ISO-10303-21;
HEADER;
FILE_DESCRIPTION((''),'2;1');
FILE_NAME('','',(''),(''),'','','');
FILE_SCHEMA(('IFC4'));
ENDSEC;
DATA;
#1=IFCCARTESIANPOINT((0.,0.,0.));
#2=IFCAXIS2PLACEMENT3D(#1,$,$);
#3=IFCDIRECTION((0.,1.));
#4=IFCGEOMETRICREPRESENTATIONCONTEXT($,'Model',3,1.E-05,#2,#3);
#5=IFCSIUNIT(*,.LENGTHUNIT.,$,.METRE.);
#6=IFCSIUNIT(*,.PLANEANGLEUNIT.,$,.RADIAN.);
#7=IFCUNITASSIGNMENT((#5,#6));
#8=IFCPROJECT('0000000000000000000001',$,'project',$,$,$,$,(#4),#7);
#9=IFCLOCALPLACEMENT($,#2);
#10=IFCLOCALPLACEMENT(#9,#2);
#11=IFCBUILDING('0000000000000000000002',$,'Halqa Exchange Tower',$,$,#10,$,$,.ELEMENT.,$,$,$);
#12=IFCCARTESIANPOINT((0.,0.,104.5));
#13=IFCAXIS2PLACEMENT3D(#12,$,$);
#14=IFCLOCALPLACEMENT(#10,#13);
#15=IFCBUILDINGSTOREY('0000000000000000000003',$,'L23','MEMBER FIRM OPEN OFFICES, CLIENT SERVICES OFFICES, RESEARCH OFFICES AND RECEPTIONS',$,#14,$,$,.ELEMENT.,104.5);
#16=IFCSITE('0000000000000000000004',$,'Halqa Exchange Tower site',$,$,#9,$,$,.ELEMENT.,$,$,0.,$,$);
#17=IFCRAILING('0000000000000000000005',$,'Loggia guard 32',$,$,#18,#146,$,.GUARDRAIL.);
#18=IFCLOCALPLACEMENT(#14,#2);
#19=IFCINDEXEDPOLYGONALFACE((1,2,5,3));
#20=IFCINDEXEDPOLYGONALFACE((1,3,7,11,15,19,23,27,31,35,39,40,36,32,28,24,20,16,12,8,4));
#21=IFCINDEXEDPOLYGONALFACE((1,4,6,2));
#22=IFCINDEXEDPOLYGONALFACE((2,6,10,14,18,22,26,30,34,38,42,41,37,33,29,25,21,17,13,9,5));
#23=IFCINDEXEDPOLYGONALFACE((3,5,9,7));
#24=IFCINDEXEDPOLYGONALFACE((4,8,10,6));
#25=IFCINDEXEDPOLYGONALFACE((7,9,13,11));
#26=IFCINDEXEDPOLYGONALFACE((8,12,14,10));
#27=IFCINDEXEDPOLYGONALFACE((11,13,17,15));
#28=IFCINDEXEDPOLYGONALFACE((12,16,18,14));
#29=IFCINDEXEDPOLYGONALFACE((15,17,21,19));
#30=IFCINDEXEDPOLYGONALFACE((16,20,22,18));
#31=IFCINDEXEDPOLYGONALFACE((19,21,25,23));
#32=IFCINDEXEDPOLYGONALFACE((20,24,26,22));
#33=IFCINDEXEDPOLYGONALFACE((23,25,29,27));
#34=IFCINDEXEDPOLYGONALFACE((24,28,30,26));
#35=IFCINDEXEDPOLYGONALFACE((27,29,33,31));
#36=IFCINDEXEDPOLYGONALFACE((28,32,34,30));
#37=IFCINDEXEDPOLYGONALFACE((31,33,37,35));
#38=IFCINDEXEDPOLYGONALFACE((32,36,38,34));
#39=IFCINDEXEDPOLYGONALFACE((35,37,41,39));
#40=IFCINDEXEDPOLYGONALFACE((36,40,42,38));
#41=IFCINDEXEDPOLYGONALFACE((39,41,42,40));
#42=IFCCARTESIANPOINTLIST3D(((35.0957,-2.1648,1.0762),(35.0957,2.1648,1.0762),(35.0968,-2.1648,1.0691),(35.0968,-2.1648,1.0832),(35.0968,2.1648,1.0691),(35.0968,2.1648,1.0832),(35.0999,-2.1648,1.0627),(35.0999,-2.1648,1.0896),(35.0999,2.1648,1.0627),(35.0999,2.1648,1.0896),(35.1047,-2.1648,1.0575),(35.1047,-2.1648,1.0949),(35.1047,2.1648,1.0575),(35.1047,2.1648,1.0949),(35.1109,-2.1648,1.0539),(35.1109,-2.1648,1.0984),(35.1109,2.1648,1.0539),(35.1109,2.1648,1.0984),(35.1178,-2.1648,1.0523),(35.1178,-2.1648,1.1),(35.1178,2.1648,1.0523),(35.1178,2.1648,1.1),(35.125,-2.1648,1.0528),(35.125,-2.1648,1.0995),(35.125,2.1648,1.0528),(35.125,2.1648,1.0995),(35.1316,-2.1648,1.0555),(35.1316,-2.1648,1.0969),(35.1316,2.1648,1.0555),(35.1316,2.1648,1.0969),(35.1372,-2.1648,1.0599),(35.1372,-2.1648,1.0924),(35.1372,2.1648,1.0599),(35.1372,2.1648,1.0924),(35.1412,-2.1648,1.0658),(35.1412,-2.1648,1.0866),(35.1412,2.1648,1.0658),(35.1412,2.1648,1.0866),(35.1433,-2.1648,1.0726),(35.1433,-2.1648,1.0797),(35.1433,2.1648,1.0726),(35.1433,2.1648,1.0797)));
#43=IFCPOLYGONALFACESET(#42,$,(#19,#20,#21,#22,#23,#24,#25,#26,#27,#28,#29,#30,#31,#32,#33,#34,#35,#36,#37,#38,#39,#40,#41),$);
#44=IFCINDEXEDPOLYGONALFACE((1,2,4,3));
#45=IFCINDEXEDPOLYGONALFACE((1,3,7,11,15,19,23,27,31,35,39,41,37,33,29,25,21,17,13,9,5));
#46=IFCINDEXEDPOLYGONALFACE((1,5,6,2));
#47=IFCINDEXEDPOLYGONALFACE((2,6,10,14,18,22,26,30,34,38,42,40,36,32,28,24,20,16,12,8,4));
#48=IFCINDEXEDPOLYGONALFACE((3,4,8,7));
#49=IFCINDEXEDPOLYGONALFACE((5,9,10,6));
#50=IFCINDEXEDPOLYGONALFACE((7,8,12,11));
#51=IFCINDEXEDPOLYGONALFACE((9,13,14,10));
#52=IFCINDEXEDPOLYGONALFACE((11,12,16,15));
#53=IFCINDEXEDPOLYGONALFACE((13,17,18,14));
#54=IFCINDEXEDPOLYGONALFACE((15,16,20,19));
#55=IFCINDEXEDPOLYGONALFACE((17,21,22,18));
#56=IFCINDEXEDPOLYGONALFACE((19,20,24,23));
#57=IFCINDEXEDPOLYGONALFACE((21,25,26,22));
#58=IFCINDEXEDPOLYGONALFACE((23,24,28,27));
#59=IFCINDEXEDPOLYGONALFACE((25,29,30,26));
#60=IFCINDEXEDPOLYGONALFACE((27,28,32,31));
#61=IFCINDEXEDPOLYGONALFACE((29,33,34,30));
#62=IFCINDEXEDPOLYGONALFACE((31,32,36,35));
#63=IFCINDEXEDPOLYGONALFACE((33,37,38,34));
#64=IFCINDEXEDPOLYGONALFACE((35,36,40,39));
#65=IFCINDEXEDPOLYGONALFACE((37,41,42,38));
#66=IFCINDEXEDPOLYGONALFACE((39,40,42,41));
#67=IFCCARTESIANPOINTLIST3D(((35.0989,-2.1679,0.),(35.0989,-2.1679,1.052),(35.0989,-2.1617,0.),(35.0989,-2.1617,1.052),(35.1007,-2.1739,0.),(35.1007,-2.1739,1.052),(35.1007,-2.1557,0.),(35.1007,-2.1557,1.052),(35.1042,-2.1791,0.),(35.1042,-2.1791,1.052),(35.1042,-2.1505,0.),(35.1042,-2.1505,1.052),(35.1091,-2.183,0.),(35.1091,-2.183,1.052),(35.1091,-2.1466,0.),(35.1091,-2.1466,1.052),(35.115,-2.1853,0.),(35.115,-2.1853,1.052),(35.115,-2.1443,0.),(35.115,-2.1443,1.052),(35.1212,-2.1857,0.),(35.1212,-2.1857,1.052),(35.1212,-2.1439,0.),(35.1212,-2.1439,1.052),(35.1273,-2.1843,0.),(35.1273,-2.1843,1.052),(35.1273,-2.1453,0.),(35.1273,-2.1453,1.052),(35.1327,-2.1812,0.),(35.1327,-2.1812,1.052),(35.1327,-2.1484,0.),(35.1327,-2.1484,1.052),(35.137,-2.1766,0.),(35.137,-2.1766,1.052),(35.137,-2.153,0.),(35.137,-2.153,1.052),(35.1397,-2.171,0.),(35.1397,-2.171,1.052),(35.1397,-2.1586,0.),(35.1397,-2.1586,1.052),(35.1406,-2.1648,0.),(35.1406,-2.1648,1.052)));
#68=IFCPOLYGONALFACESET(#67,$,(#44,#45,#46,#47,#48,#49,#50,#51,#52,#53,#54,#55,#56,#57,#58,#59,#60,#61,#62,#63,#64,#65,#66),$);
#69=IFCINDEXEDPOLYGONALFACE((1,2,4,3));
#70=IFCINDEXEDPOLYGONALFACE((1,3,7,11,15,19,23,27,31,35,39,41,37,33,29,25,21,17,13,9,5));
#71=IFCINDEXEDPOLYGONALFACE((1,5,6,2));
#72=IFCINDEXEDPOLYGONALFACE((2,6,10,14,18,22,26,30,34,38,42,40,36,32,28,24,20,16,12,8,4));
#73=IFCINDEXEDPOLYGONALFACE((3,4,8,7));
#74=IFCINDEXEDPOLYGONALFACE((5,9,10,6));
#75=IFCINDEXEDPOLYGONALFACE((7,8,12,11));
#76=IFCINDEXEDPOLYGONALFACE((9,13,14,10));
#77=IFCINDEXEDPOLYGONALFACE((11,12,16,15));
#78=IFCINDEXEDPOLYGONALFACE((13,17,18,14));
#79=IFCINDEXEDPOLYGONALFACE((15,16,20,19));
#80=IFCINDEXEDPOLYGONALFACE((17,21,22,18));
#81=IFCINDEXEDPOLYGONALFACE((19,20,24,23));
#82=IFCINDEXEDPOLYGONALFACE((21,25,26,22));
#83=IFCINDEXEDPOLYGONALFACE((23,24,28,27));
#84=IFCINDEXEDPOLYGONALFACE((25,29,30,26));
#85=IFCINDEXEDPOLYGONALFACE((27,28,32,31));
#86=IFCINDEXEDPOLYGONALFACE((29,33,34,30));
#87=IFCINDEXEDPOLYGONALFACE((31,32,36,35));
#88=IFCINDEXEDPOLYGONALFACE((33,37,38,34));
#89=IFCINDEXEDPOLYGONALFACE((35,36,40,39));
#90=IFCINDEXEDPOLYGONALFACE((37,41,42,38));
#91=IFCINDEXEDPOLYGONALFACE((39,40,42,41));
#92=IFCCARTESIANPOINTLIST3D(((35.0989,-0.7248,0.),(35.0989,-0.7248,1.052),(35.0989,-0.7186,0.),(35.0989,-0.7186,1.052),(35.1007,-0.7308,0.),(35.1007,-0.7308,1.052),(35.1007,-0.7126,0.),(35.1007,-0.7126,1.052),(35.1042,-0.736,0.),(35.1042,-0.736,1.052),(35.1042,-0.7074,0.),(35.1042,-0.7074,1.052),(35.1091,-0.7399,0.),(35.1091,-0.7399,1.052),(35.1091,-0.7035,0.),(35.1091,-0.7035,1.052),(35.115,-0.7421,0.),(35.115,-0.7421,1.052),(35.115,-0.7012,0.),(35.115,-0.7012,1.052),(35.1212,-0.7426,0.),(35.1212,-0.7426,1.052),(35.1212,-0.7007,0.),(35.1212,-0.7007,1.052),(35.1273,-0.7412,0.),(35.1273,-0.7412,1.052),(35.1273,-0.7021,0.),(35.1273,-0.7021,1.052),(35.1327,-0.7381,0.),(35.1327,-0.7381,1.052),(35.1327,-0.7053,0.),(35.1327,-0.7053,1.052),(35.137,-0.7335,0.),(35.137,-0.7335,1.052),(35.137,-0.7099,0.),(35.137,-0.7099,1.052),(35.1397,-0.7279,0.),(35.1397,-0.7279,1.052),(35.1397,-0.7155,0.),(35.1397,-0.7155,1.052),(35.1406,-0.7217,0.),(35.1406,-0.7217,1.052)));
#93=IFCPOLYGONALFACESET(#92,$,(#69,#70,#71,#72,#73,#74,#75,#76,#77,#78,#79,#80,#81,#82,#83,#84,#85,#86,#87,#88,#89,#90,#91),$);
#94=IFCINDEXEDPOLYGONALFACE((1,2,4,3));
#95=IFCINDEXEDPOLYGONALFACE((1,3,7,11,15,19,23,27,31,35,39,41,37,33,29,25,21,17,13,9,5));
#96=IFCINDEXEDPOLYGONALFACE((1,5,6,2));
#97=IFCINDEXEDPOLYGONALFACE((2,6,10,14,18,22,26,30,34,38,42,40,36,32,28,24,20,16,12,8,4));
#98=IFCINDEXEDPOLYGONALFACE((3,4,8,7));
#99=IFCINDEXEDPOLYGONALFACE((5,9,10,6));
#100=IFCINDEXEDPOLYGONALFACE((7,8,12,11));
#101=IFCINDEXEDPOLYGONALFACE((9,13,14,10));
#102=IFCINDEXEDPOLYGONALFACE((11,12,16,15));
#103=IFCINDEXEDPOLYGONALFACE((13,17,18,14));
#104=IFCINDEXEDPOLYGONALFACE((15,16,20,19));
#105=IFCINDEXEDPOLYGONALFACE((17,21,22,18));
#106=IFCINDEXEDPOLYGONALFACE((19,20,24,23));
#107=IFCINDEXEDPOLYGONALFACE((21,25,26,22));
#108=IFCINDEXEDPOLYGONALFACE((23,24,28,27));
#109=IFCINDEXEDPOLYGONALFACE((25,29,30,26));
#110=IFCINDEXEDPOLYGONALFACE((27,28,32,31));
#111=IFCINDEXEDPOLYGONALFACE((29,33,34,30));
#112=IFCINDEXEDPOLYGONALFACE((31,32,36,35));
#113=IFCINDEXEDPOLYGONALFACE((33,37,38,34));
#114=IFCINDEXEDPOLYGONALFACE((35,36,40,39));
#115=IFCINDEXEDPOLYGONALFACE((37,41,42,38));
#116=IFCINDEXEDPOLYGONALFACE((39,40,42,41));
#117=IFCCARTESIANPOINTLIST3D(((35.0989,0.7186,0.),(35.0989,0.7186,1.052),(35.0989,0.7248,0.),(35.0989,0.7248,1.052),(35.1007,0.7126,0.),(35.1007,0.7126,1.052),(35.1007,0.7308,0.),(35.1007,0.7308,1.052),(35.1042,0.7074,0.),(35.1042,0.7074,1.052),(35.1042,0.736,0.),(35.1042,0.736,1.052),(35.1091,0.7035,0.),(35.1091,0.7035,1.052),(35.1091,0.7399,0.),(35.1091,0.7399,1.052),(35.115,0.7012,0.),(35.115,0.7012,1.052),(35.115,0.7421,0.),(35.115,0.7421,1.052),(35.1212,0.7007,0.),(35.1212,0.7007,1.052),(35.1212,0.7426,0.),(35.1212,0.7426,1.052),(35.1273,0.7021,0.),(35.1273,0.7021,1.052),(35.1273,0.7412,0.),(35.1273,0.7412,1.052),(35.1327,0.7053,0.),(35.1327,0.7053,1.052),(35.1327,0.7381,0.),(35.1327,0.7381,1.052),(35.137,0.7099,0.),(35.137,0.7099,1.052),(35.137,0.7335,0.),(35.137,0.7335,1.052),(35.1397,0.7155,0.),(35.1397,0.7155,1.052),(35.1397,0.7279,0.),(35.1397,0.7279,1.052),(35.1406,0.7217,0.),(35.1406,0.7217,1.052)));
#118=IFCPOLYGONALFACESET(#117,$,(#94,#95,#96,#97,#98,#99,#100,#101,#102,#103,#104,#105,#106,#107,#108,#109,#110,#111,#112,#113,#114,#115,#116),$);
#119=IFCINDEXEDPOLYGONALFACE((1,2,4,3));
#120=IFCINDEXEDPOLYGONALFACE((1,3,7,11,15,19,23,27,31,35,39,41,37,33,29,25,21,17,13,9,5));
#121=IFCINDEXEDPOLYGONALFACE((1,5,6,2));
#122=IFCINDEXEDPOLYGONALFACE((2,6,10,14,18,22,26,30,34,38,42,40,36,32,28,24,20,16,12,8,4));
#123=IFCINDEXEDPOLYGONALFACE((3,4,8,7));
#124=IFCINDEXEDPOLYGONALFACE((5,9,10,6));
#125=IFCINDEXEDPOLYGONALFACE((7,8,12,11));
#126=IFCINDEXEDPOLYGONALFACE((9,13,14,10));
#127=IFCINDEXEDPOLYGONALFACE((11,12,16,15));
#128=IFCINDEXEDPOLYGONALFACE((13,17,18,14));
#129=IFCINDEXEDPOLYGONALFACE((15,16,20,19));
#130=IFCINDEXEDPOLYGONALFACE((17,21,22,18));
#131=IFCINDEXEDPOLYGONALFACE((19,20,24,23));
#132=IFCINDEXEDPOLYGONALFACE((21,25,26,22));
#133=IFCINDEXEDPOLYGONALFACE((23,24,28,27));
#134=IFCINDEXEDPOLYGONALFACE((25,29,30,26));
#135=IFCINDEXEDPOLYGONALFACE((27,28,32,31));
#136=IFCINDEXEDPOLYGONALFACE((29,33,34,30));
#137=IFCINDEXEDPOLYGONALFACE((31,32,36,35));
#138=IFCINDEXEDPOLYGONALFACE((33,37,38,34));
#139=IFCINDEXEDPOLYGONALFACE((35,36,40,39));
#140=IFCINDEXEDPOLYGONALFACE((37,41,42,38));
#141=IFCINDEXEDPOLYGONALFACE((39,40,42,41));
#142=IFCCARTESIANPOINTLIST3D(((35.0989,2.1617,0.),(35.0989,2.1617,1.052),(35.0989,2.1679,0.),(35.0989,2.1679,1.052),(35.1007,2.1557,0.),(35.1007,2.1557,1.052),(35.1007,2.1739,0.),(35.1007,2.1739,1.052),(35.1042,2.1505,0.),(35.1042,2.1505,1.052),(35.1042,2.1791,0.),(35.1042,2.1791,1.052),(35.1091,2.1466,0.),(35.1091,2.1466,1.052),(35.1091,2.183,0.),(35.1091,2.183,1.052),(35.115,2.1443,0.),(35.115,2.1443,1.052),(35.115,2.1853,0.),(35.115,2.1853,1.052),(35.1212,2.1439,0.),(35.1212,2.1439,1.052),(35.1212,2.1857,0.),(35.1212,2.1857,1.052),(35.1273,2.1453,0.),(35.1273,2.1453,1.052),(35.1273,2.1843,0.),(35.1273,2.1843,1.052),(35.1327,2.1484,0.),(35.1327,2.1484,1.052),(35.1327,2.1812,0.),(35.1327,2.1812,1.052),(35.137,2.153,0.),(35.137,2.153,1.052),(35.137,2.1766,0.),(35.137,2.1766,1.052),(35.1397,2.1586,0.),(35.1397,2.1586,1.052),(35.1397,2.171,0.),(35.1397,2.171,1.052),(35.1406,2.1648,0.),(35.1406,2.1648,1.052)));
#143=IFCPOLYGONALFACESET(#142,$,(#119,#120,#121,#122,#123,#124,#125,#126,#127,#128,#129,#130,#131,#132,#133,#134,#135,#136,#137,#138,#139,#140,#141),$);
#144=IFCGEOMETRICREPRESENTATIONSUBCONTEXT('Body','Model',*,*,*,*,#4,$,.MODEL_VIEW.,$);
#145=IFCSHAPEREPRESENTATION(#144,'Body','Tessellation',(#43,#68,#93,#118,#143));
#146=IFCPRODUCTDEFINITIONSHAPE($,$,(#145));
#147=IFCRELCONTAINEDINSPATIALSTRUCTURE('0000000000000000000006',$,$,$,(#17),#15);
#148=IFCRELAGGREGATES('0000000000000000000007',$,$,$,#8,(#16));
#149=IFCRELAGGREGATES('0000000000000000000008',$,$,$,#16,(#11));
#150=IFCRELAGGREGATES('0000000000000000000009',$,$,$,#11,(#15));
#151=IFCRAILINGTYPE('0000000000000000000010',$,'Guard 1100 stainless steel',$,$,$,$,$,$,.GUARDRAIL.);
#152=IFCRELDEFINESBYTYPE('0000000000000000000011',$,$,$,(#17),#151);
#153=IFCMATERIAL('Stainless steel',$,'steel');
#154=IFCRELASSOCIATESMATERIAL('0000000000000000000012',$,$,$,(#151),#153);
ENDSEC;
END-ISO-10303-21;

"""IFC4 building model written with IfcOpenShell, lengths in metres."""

from ifc_helpers import new_model, si_unit, direction, frame, origin, origin_2d, place, context, subcontext, project, spatial, circle, extrude, material, type_object, element, save


model = new_model("IFC4")

# Units and contexts
model_context = context("Model", 3, precision=1e-05, world=origin(), true_north=direction((0.0, 1.0)))
body_context = subcontext(model_context, "Body", "Model", "MODEL_VIEW")
ifc_project = project(units=[si_unit("LENGTHUNIT", "METRE"), si_unit("PLANEANGLEUNIT", "RADIAN")], contexts=[model_context])

# Site, building, storey
site_placement = place(None, origin())
site = spatial("IfcSite", under=ifc_project, at=site_placement, Name="Halqa Exchange Tower site", CompositionType="ELEMENT", RefElevation=0.0)
building_placement = place(site_placement, origin())
building = spatial("IfcBuilding", under=site, at=building_placement, Name="Halqa Exchange Tower", CompositionType="ELEMENT")
storey_placement = place(building_placement, frame((0.0, 0.0, 104.5)))
storey = spatial("IfcBuildingStorey", under=building, at=storey_placement, Name="L23", Description="MEMBER FIRM OPEN OFFICES, CLIENT SERVICES OFFICES, RESEARCH OFFICES AND RECEPTIONS", CompositionType="ELEMENT", Elevation=104.5)

# Railing
ifc_material_1 = material(Name="Stainless steel", Category="steel")
railing_type = type_object("IfcRailingType", Name="Guard 1100 stainless steel", PredefinedType="GUARDRAIL", material=ifc_material_1)
railing_1_placement = place(storey_placement, frame((35.1196, -2.1648, 0.0)))
element("IfcRailing", 1, at=railing_1_placement, inside=storey, type_object=railing_type, Name="Loggia guard 32", PredefinedType="GUARDRAIL", context=body_context, shape_type="SweptSolid", body=[
    extrude(circle(Radius=0.0239, at=origin_2d()), frame((0.0, 0.0, 1.0762), z_axis=(0.0, 1.0, 0.0), x_axis=(-1.0, 0.0, 0.0)), (0.0, 0.0, 1.0), 4.3296),
    extrude(circle(Radius=0.021, at=origin_2d()), origin(), (0.0, 0.0, 1.0), 1.052),
    extrude(circle(Radius=0.021, at=origin_2d()), frame((0.0, 1.4431, 0.0)), (0.0, 0.0, 1.0), 1.052),
    extrude(circle(Radius=0.021, at=origin_2d()), frame((0.0, 2.8865, 0.0)), (0.0, 0.0, 1.0), 1.052),
    extrude(circle(Radius=0.021, at=origin_2d()), frame((0.0, 4.3296, 0.0)), (0.0, 0.0, 1.0), 1.052),
])

save(model, "model.ifc")
